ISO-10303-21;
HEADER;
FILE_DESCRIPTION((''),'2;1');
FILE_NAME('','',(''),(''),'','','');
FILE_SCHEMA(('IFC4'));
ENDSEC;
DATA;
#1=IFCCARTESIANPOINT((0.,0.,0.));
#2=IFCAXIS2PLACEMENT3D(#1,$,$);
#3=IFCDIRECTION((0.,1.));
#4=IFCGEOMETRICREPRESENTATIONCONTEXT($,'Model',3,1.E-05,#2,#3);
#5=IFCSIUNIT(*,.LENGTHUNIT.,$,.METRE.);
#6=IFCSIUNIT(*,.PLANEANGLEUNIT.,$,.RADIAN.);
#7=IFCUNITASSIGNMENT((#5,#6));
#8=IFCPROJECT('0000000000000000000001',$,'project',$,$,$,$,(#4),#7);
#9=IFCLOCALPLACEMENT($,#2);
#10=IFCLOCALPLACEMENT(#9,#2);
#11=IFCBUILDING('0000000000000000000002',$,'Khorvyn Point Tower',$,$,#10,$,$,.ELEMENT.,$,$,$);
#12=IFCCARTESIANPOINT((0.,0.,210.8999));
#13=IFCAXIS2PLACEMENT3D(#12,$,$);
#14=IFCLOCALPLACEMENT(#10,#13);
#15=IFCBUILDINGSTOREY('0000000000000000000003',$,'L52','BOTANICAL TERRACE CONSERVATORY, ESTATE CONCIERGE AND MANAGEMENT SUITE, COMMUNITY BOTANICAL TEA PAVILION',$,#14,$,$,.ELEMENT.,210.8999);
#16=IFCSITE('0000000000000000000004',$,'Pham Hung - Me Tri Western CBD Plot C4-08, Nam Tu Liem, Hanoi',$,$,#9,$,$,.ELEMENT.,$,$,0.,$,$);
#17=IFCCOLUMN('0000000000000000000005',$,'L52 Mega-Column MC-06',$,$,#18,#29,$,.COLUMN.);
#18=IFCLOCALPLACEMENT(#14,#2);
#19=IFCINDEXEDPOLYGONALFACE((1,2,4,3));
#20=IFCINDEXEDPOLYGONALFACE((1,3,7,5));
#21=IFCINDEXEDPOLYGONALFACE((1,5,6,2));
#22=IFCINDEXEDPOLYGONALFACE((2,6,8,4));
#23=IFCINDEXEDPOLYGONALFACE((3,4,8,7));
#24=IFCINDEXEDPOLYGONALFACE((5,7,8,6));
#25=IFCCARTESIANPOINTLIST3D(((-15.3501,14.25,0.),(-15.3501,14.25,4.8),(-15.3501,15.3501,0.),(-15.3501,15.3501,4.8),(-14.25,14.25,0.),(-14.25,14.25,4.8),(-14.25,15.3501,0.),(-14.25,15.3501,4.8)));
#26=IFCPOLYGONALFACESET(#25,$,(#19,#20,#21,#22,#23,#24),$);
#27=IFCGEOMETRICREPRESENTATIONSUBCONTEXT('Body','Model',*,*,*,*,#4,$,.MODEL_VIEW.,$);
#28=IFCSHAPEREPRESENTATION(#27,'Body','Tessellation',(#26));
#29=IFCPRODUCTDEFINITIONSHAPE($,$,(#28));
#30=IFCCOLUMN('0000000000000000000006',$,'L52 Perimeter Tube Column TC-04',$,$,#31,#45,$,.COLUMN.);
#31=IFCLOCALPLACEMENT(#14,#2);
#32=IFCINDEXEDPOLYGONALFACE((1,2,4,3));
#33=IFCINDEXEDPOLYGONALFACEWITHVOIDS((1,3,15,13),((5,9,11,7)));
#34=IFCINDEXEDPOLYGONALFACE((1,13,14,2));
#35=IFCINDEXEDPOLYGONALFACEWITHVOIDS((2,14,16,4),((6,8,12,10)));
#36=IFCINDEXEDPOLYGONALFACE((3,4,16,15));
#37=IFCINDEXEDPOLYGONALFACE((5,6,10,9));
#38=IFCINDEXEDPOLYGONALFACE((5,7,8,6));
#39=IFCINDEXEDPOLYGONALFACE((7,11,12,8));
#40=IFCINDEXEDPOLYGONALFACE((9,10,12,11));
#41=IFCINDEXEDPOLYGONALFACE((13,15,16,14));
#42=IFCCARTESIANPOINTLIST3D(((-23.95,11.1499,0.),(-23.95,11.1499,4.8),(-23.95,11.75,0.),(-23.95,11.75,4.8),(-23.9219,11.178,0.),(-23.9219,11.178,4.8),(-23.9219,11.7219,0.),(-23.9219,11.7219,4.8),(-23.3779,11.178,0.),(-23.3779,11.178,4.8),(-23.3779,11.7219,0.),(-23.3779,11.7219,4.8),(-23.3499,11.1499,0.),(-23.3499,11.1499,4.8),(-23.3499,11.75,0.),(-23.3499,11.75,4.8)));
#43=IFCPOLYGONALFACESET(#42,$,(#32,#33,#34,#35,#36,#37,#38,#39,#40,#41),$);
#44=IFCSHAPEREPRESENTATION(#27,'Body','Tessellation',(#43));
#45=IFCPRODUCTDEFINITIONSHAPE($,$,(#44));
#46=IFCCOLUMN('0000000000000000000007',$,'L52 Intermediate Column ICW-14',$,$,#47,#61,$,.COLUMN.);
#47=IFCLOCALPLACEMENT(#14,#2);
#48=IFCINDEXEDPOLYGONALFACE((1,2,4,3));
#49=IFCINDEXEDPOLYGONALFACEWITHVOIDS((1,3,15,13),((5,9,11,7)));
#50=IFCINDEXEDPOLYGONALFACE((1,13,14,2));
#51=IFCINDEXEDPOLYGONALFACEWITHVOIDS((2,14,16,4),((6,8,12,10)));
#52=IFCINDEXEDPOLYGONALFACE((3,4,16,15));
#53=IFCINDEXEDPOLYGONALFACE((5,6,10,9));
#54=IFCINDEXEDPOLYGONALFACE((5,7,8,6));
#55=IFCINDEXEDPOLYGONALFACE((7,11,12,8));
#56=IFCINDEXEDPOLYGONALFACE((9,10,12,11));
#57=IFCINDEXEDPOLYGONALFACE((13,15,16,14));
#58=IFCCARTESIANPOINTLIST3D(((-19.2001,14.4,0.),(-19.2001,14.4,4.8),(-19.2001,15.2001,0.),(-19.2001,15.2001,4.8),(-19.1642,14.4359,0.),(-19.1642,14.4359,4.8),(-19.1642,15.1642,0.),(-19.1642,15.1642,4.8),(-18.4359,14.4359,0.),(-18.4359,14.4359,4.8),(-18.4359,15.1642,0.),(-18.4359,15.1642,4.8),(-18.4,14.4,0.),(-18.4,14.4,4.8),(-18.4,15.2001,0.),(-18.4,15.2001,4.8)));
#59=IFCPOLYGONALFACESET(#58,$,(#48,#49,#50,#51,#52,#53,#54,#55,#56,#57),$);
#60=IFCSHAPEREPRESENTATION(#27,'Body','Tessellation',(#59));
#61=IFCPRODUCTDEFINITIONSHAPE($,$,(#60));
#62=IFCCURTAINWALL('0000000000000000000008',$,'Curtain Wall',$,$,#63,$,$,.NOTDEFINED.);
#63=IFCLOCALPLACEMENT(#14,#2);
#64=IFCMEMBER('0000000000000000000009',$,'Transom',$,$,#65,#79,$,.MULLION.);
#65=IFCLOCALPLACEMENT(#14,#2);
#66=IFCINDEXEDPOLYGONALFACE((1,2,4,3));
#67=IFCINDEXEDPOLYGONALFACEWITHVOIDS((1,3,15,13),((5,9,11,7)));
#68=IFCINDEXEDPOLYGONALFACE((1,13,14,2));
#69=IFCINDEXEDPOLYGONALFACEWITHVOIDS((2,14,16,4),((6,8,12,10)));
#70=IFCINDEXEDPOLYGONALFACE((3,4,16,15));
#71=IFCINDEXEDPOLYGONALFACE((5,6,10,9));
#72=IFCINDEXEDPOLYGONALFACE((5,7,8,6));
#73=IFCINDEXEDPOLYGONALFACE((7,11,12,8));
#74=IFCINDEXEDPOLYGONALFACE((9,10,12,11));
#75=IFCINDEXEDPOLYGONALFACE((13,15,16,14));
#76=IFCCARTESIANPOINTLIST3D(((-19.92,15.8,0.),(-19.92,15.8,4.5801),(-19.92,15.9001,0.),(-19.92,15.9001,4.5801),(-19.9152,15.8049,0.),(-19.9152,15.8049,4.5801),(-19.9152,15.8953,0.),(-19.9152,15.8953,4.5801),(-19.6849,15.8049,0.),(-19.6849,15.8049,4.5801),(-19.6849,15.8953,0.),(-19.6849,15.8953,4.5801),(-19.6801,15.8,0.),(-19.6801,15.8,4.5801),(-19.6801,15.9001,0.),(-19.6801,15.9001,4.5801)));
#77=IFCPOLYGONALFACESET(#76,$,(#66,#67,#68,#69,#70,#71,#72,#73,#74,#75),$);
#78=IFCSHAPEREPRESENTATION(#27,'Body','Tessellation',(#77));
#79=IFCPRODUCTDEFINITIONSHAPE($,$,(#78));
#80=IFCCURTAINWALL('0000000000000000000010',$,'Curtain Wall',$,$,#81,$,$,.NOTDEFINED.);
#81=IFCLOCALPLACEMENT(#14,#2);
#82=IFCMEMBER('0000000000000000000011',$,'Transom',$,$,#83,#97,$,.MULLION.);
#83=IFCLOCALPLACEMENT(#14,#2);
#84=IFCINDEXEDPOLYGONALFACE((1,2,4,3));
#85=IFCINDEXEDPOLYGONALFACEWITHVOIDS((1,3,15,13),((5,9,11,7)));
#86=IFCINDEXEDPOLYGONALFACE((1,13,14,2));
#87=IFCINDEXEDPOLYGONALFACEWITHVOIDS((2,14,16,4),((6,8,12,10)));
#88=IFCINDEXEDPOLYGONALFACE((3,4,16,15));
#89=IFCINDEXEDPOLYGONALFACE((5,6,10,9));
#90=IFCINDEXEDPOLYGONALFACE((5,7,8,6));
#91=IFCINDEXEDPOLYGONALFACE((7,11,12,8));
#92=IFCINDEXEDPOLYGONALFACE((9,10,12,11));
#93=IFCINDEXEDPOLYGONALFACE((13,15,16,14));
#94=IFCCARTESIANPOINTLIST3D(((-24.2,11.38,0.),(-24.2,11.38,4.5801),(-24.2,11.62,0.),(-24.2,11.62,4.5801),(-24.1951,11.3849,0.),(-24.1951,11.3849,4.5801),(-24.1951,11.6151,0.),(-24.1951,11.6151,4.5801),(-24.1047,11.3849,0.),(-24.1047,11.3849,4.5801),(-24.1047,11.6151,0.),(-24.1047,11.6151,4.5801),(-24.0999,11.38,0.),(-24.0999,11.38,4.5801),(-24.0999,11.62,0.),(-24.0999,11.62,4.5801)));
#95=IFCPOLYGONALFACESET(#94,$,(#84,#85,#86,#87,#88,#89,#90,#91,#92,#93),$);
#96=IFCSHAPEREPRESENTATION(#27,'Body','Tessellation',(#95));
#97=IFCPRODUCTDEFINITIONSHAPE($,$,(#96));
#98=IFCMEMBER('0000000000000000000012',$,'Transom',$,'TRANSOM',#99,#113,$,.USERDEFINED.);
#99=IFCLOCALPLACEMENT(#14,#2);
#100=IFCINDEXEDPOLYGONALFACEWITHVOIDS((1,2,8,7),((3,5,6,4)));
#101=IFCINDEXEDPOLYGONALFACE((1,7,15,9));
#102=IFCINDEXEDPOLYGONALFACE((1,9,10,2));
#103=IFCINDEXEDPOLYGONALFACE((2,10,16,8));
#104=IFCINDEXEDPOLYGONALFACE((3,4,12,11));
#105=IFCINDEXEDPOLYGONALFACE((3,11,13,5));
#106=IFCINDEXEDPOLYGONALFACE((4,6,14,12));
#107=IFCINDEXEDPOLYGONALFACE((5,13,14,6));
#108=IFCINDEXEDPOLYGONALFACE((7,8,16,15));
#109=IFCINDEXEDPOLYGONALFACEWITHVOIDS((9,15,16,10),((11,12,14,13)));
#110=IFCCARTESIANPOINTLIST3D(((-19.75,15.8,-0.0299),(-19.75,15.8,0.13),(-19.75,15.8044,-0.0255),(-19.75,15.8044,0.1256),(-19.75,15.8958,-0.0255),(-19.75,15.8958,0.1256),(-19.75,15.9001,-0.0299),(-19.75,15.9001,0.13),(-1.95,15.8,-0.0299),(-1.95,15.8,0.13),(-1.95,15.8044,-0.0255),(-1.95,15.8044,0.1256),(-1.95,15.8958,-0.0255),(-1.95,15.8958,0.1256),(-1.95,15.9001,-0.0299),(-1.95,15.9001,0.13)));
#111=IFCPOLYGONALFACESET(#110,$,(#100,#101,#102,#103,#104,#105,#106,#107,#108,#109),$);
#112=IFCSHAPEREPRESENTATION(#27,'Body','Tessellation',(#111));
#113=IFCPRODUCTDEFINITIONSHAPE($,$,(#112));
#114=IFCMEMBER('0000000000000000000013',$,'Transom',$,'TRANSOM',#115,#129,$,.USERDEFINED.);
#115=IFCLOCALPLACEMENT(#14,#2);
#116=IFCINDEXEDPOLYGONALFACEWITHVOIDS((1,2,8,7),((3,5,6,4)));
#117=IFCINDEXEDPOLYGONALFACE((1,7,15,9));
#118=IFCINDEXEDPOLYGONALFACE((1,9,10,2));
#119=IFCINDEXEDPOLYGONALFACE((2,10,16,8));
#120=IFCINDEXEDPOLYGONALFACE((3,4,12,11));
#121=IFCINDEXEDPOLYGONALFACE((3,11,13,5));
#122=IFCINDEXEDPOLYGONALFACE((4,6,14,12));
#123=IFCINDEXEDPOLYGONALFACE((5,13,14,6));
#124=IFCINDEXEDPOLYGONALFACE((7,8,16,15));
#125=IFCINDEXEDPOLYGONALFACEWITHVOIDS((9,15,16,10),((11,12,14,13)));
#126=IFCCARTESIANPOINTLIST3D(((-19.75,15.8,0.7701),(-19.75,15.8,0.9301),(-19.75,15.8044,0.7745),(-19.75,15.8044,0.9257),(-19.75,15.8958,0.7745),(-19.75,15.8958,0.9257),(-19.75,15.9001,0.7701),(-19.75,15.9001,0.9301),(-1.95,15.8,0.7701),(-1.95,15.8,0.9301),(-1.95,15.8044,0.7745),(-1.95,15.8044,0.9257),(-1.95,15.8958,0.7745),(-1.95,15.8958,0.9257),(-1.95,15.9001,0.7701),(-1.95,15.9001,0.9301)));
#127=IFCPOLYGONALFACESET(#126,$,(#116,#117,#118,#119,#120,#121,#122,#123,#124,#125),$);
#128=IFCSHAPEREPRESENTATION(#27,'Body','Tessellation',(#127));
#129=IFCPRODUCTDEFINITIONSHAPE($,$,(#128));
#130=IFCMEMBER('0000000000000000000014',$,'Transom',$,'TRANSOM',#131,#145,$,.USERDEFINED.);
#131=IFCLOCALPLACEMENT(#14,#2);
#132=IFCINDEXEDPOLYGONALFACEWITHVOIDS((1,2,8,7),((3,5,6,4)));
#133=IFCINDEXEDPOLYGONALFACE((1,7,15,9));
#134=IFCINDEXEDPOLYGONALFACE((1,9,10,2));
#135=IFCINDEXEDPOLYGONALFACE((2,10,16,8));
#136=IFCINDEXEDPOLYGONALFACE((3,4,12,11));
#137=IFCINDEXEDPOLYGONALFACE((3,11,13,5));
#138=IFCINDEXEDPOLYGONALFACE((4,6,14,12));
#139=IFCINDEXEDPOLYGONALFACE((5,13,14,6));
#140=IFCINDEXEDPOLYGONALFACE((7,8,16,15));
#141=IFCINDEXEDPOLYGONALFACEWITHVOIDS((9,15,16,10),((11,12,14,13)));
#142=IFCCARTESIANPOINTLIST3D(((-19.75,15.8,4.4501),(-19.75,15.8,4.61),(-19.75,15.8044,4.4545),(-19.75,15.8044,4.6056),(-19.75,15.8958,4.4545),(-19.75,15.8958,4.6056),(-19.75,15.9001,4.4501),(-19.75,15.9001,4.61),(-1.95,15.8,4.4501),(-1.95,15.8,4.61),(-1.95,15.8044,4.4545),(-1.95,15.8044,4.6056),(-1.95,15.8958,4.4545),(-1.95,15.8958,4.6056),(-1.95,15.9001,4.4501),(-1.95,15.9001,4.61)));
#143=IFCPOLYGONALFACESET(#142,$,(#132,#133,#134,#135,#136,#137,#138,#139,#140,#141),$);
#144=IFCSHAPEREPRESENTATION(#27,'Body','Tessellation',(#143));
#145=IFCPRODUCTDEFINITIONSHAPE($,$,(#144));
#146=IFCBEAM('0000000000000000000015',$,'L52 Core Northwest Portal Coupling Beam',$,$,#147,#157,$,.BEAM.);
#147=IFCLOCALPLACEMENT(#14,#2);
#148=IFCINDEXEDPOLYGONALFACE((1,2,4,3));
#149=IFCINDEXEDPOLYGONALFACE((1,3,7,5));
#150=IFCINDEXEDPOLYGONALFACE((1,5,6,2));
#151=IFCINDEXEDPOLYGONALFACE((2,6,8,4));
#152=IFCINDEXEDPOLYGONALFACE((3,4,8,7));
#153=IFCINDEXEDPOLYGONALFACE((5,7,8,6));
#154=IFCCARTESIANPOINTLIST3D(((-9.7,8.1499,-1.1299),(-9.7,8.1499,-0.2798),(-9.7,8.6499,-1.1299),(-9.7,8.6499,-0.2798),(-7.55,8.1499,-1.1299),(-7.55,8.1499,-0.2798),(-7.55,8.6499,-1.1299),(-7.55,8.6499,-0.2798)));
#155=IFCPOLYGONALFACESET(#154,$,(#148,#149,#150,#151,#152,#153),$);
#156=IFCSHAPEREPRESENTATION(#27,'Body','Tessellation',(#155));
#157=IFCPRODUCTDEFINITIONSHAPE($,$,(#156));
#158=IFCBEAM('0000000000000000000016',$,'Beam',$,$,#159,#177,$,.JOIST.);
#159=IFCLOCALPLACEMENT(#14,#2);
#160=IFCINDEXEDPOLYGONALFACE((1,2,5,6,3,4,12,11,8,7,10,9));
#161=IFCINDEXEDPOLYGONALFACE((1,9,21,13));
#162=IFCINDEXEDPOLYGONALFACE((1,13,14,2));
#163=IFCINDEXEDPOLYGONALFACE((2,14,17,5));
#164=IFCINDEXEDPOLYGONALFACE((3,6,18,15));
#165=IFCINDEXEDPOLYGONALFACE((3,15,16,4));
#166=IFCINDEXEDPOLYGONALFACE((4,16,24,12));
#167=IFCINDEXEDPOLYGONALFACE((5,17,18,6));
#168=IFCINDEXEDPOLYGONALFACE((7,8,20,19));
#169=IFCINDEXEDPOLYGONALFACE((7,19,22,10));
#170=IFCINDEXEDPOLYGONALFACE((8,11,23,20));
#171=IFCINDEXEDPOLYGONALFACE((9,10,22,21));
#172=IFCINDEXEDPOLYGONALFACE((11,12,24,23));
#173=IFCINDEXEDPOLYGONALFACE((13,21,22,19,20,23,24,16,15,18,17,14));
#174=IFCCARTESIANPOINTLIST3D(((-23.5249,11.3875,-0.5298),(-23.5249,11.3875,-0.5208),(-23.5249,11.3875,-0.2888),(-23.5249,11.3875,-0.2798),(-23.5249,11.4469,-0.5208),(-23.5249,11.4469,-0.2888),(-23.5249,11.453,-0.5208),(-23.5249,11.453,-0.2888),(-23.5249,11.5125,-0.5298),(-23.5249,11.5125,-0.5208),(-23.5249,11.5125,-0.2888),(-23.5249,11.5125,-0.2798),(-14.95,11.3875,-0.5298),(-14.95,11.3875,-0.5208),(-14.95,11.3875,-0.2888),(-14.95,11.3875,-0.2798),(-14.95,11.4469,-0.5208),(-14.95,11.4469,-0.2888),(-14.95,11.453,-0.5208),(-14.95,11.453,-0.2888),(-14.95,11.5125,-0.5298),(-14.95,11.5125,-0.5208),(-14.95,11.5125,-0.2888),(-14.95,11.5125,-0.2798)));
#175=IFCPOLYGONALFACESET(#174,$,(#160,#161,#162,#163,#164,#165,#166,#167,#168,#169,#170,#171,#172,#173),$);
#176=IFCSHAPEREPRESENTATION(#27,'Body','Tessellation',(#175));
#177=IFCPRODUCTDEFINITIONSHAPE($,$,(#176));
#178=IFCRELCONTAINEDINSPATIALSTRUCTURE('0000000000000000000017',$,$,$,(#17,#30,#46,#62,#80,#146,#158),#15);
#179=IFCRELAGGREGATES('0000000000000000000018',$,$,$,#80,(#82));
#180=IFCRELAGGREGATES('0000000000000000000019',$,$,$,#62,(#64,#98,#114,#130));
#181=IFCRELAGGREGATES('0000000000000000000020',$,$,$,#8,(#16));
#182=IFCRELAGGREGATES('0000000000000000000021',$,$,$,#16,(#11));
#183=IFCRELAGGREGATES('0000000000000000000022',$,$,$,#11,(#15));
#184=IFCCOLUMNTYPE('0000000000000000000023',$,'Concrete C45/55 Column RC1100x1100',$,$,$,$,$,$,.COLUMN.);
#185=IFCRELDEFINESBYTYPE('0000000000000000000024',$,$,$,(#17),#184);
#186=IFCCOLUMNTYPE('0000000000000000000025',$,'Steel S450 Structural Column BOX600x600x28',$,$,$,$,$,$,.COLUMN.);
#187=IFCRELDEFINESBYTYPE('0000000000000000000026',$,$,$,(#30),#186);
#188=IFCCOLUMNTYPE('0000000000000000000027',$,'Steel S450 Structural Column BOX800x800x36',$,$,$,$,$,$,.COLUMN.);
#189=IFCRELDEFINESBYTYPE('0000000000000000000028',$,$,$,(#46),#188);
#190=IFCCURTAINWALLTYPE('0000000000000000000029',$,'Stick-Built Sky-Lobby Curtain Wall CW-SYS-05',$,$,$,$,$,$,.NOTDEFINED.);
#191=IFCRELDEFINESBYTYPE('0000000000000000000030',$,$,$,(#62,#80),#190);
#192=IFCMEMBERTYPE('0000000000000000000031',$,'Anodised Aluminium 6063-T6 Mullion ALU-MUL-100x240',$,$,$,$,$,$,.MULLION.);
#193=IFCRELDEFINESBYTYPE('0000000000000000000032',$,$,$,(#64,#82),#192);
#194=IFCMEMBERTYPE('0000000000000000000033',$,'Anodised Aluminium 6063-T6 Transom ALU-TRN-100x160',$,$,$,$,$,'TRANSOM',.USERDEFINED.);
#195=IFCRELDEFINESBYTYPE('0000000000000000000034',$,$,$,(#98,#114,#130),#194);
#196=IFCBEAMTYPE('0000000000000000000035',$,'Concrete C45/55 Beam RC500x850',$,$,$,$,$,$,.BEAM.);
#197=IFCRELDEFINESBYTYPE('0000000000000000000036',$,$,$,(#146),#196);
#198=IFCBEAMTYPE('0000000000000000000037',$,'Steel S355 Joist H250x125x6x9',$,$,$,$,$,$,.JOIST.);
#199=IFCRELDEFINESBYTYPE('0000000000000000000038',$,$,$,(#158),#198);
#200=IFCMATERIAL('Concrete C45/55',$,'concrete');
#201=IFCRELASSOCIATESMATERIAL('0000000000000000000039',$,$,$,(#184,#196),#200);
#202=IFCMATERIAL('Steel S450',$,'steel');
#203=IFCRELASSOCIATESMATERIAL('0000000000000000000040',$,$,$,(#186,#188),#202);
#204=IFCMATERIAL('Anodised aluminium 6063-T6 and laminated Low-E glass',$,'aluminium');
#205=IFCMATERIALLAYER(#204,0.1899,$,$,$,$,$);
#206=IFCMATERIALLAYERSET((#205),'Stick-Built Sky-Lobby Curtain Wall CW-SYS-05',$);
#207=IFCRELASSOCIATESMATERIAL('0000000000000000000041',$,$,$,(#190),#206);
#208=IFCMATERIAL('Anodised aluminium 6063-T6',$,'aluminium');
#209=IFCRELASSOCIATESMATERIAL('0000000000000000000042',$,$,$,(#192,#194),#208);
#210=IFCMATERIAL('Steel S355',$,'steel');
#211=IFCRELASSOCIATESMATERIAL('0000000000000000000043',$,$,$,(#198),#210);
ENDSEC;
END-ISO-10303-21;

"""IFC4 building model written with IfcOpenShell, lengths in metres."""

from ifc_helpers import new_model, si_unit, direction, frame, origin, origin_2d, place, context, subcontext, project, spatial, rectangle, hollow_rectangle, i_section, extrude, material, layer, layer_set, material_profile, profile_set, type_object, element, aggregate, save


model = new_model("IFC4")

# Units and contexts
model_context = context("Model", 3, precision=1e-05, world=origin(), true_north=direction((0.0, 1.0)))
body_context = subcontext(model_context, "Body", "Model", "MODEL_VIEW")
ifc_project = project(units=[si_unit("LENGTHUNIT", "METRE"), si_unit("PLANEANGLEUNIT", "RADIAN")], contexts=[model_context])

# Site, building, storey
site_placement = place(None, origin())
site = spatial("IfcSite", under=ifc_project, at=site_placement, Name="Pham Hung - Me Tri Western CBD Plot C4-08, Nam Tu Liem, Hanoi", CompositionType="ELEMENT", RefElevation=0.0)
building_placement = place(site_placement, origin())
building = spatial("IfcBuilding", under=site, at=building_placement, Name="Khorvyn Point Tower", CompositionType="ELEMENT")
storey_placement = place(building_placement, frame((0.0, 0.0, 210.8999)))
storey = spatial("IfcBuildingStorey", under=building, at=storey_placement, Name="L52", Description="BOTANICAL TERRACE CONSERVATORY, ESTATE CONCIERGE AND MANAGEMENT SUITE, COMMUNITY BOTANICAL TEA PAVILION", CompositionType="ELEMENT", Elevation=210.8999)

# Columns
ifc_material_1 = material(Name="Concrete C45/55", Category="concrete")
ifc_material_profile_1 = material_profile(ifc_material_1, rectangle(XDim=1.1001, YDim=1.1001, at=origin_2d()))
ifc_profile_set_1 = profile_set([ifc_material_profile_1], Name="Concrete C45/55 RC1100x1100")
column_type_1 = type_object("IfcColumnType", Name="Concrete C45/55 Column RC1100x1100", PredefinedType="COLUMN", material=ifc_profile_set_1)
column_1_placement = place(storey_placement, frame((-14.8, 14.8, 0.0), z_axis=(0.0, 0.0, 1.0), x_axis=(1.0, 0.0, 0.0)))
element("IfcColumn", 1, at=column_1_placement, inside=storey, type_object=column_type_1, Name="L52 Mega-Column MC-06", PredefinedType="COLUMN", context=body_context, shape_type="SweptSolid", body=[
    extrude(rectangle(XDim=1.1001, YDim=1.1001, at=origin_2d()), origin(), (0.0, 0.0, 1.0), 4.8),
])
ifc_material_2 = material(Name="Steel S450", Category="steel")
ifc_material_profile_2 = material_profile(ifc_material_2, hollow_rectangle(XDim=0.6001, YDim=0.6001, WallThickness=0.0281, at=origin_2d()))
ifc_profile_set_2 = profile_set([ifc_material_profile_2], Name="Steel S450 BOX600x600x28")
column_type_2 = type_object("IfcColumnType", Name="Steel S450 Structural Column BOX600x600x28", PredefinedType="COLUMN", material=ifc_profile_set_2)
column_2_placement = place(storey_placement, frame((-23.6499, 11.45, 0.0), z_axis=(0.0, 0.0, 1.0), x_axis=(1.0, 0.0, 0.0)))
element("IfcColumn", 2, at=column_2_placement, inside=storey, type_object=column_type_2, Name="L52 Perimeter Tube Column TC-04", PredefinedType="COLUMN", context=body_context, shape_type="SweptSolid", body=[
    extrude(hollow_rectangle(XDim=0.6001, YDim=0.6001, WallThickness=0.0281, at=origin_2d()), origin(), (0.0, 0.0, 1.0), 4.8),
])
ifc_material_profile_3 = material_profile(ifc_material_2, hollow_rectangle(XDim=0.8, YDim=0.8, WallThickness=0.0359, at=origin_2d()))
ifc_profile_set_3 = profile_set([ifc_material_profile_3], Name="Steel S450 BOX800x800x36")
column_type_3 = type_object("IfcColumnType", Name="Steel S450 Structural Column BOX800x800x36", PredefinedType="COLUMN", material=ifc_profile_set_3)
column_3_placement = place(storey_placement, frame((-18.8, 14.8, 0.0), z_axis=(0.0, 0.0, 1.0), x_axis=(1.0, 0.0, 0.0)))
element("IfcColumn", 3, at=column_3_placement, inside=storey, type_object=column_type_3, Name="L52 Intermediate Column ICW-14", PredefinedType="COLUMN", context=body_context, shape_type="SweptSolid", body=[
    extrude(hollow_rectangle(XDim=0.8, YDim=0.8, WallThickness=0.0359, at=origin_2d()), origin(), (0.0, 0.0, 1.0), 4.8),
])

# Curtain walls, members
ifc_material_3 = material(Name="Anodised aluminium 6063-T6 and laminated Low-E glass", Category="aluminium")
ifc_layer_1 = layer(ifc_material_3, 0.1899)
ifc_layer_set_1 = layer_set([ifc_layer_1], Name="Stick-Built Sky-Lobby Curtain Wall CW-SYS-05")
curtain_wall_type = type_object("IfcCurtainWallType", Name="Stick-Built Sky-Lobby Curtain Wall CW-SYS-05", PredefinedType="NOTDEFINED", material=ifc_layer_set_1)
curtain_wall_1_placement = place(storey_placement, origin())
curtain_wall_1 = element("IfcCurtainWall", 4, at=curtain_wall_1_placement, inside=storey, type_object=curtain_wall_type, Name="Curtain Wall", PredefinedType="NOTDEFINED")
ifc_material_4 = material(Name="Anodised aluminium 6063-T6", Category="aluminium")
ifc_material_profile_4 = material_profile(ifc_material_4, hollow_rectangle(XDim=0.1001, YDim=0.24, WallThickness=0.0049, at=origin_2d()))
ifc_profile_set_4 = profile_set([ifc_material_profile_4], Name="Anodised aluminium 6063-T6 ALU-MUL-100x240")
member_type_1 = type_object("IfcMemberType", Name="Anodised Aluminium 6063-T6 Mullion ALU-MUL-100x240", PredefinedType="MULLION", material=ifc_profile_set_4)
member_1_placement = place(storey_placement, frame((-19.8, 15.8501, 0.0), z_axis=(0.0, 0.0, 1.0), x_axis=(0.0, 1.0, 0.0)))
member_1 = element("IfcMember", 5, at=member_1_placement, type_object=member_type_1, Name="Transom", PredefinedType="MULLION", context=body_context, shape_type="SweptSolid", body=[
    extrude(hollow_rectangle(XDim=0.1001, YDim=0.24, WallThickness=0.0049, at=origin_2d()), origin(), (0.0, 0.0, 1.0), 4.5801),
])
curtain_wall_2_placement = place(storey_placement, origin())
curtain_wall_2 = element("IfcCurtainWall", 6, at=curtain_wall_2_placement, inside=storey, type_object=curtain_wall_type, Name="Curtain Wall", PredefinedType="NOTDEFINED")
member_2_placement = place(storey_placement, frame((-24.1499, 11.5, 0.0), z_axis=(0.0, 0.0, 1.0), x_axis=(-1.0, 0.0, 0.0)))
member_2 = element("IfcMember", 7, at=member_2_placement, type_object=member_type_1, Name="Transom", PredefinedType="MULLION", context=body_context, shape_type="SweptSolid", body=[
    extrude(hollow_rectangle(XDim=0.1001, YDim=0.24, WallThickness=0.0049, at=origin_2d()), origin(), (0.0, 0.0, 1.0), 4.5801),
])
aggregate(curtain_wall_2, [member_2])

# Members
ifc_material_profile_5 = material_profile(ifc_material_4, hollow_rectangle(XDim=0.1001, YDim=0.1599, WallThickness=0.0044, at=origin_2d()))
ifc_profile_set_5 = profile_set([ifc_material_profile_5], Name="Anodised aluminium 6063-T6 ALU-TRN-100x160")
member_type_2 = type_object("IfcMemberType", Name="Anodised Aluminium 6063-T6 Transom ALU-TRN-100x160", ElementType="TRANSOM", PredefinedType="USERDEFINED", material=ifc_profile_set_5)
member_3_placement = place(storey_placement, frame((-19.75, 15.8501, 0.05), z_axis=(1.0, 0.0, 0.0), x_axis=(0.0, 1.0, 0.0)))
member_3 = element("IfcMember", 8, at=member_3_placement, type_object=member_type_2, Name="Transom", ObjectType="TRANSOM", PredefinedType="USERDEFINED", context=body_context, shape_type="SweptSolid", body=[
    extrude(hollow_rectangle(XDim=0.1001, YDim=0.1599, WallThickness=0.0044, at=origin_2d()), origin(), (0.0, 0.0, 1.0), 17.8),
])
member_4_placement = place(storey_placement, frame((-19.75, 15.8501, 0.8501), z_axis=(1.0, 0.0, 0.0), x_axis=(0.0, 1.0, 0.0)))
member_4 = element("IfcMember", 9, at=member_4_placement, type_object=member_type_2, Name="Transom", ObjectType="TRANSOM", PredefinedType="USERDEFINED", context=body_context, shape_type="SweptSolid", body=[
    extrude(hollow_rectangle(XDim=0.1001, YDim=0.1599, WallThickness=0.0044, at=origin_2d()), origin(), (0.0, 0.0, 1.0), 17.8),
])
member_5_placement = place(storey_placement, frame((-19.75, 15.8501, 4.53), z_axis=(1.0, 0.0, 0.0), x_axis=(0.0, 1.0, 0.0)))
member_5 = element("IfcMember", 10, at=member_5_placement, type_object=member_type_2, Name="Transom", ObjectType="TRANSOM", PredefinedType="USERDEFINED", context=body_context, shape_type="SweptSolid", body=[
    extrude(hollow_rectangle(XDim=0.1001, YDim=0.1599, WallThickness=0.0044, at=origin_2d()), origin(), (0.0, 0.0, 1.0), 17.8),
])

# Beams
ifc_material_profile_6 = material_profile(ifc_material_1, rectangle(XDim=0.5, YDim=0.8501, at=origin_2d()))
ifc_profile_set_6 = profile_set([ifc_material_profile_6], Name="Concrete C45/55 RC500x850")
beam_type_1 = type_object("IfcBeamType", Name="Concrete C45/55 Beam RC500x850", PredefinedType="BEAM", material=ifc_profile_set_6)
beam_1_placement = place(storey_placement, frame((-9.7, 8.3999, -0.7048), z_axis=(1.0, 0.0, 0.0), x_axis=(0.0, 1.0, 0.0)))
element("IfcBeam", 11, at=beam_1_placement, inside=storey, type_object=beam_type_1, Name="L52 Core Northwest Portal Coupling Beam", PredefinedType="BEAM", context=body_context, shape_type="SweptSolid", body=[
    extrude(rectangle(XDim=0.5, YDim=0.8501, at=origin_2d()), origin(), (0.0, 0.0, 1.0), 2.1499),
])
ifc_material_5 = material(Name="Steel S355", Category="steel")
ifc_material_profile_7 = material_profile(ifc_material_5, i_section(OverallWidth=0.125, OverallDepth=0.25, WebThickness=0.0061, FlangeThickness=0.009, at=origin_2d()))
ifc_profile_set_7 = profile_set([ifc_material_profile_7], Name="Steel S355 H250x125x6x9")
beam_type_2 = type_object("IfcBeamType", Name="Steel S355 Joist H250x125x6x9", PredefinedType="JOIST", material=ifc_profile_set_7)
beam_2_placement = place(storey_placement, frame((-23.5249, 11.45, -0.4048), z_axis=(1.0, 0.0, 0.0), x_axis=(0.0, 1.0, 0.0)))
element("IfcBeam", 12, at=beam_2_placement, inside=storey, type_object=beam_type_2, Name="Beam", PredefinedType="JOIST", context=body_context, shape_type="SweptSolid", body=[
    extrude(i_section(OverallWidth=0.125, OverallDepth=0.25, WebThickness=0.0061, FlangeThickness=0.009, at=origin_2d()), origin(), (0.0, 0.0, 1.0), 8.575),
])

aggregate(curtain_wall_1, [member_1, member_3, member_4, member_5])

save(model, "model.ifc")
